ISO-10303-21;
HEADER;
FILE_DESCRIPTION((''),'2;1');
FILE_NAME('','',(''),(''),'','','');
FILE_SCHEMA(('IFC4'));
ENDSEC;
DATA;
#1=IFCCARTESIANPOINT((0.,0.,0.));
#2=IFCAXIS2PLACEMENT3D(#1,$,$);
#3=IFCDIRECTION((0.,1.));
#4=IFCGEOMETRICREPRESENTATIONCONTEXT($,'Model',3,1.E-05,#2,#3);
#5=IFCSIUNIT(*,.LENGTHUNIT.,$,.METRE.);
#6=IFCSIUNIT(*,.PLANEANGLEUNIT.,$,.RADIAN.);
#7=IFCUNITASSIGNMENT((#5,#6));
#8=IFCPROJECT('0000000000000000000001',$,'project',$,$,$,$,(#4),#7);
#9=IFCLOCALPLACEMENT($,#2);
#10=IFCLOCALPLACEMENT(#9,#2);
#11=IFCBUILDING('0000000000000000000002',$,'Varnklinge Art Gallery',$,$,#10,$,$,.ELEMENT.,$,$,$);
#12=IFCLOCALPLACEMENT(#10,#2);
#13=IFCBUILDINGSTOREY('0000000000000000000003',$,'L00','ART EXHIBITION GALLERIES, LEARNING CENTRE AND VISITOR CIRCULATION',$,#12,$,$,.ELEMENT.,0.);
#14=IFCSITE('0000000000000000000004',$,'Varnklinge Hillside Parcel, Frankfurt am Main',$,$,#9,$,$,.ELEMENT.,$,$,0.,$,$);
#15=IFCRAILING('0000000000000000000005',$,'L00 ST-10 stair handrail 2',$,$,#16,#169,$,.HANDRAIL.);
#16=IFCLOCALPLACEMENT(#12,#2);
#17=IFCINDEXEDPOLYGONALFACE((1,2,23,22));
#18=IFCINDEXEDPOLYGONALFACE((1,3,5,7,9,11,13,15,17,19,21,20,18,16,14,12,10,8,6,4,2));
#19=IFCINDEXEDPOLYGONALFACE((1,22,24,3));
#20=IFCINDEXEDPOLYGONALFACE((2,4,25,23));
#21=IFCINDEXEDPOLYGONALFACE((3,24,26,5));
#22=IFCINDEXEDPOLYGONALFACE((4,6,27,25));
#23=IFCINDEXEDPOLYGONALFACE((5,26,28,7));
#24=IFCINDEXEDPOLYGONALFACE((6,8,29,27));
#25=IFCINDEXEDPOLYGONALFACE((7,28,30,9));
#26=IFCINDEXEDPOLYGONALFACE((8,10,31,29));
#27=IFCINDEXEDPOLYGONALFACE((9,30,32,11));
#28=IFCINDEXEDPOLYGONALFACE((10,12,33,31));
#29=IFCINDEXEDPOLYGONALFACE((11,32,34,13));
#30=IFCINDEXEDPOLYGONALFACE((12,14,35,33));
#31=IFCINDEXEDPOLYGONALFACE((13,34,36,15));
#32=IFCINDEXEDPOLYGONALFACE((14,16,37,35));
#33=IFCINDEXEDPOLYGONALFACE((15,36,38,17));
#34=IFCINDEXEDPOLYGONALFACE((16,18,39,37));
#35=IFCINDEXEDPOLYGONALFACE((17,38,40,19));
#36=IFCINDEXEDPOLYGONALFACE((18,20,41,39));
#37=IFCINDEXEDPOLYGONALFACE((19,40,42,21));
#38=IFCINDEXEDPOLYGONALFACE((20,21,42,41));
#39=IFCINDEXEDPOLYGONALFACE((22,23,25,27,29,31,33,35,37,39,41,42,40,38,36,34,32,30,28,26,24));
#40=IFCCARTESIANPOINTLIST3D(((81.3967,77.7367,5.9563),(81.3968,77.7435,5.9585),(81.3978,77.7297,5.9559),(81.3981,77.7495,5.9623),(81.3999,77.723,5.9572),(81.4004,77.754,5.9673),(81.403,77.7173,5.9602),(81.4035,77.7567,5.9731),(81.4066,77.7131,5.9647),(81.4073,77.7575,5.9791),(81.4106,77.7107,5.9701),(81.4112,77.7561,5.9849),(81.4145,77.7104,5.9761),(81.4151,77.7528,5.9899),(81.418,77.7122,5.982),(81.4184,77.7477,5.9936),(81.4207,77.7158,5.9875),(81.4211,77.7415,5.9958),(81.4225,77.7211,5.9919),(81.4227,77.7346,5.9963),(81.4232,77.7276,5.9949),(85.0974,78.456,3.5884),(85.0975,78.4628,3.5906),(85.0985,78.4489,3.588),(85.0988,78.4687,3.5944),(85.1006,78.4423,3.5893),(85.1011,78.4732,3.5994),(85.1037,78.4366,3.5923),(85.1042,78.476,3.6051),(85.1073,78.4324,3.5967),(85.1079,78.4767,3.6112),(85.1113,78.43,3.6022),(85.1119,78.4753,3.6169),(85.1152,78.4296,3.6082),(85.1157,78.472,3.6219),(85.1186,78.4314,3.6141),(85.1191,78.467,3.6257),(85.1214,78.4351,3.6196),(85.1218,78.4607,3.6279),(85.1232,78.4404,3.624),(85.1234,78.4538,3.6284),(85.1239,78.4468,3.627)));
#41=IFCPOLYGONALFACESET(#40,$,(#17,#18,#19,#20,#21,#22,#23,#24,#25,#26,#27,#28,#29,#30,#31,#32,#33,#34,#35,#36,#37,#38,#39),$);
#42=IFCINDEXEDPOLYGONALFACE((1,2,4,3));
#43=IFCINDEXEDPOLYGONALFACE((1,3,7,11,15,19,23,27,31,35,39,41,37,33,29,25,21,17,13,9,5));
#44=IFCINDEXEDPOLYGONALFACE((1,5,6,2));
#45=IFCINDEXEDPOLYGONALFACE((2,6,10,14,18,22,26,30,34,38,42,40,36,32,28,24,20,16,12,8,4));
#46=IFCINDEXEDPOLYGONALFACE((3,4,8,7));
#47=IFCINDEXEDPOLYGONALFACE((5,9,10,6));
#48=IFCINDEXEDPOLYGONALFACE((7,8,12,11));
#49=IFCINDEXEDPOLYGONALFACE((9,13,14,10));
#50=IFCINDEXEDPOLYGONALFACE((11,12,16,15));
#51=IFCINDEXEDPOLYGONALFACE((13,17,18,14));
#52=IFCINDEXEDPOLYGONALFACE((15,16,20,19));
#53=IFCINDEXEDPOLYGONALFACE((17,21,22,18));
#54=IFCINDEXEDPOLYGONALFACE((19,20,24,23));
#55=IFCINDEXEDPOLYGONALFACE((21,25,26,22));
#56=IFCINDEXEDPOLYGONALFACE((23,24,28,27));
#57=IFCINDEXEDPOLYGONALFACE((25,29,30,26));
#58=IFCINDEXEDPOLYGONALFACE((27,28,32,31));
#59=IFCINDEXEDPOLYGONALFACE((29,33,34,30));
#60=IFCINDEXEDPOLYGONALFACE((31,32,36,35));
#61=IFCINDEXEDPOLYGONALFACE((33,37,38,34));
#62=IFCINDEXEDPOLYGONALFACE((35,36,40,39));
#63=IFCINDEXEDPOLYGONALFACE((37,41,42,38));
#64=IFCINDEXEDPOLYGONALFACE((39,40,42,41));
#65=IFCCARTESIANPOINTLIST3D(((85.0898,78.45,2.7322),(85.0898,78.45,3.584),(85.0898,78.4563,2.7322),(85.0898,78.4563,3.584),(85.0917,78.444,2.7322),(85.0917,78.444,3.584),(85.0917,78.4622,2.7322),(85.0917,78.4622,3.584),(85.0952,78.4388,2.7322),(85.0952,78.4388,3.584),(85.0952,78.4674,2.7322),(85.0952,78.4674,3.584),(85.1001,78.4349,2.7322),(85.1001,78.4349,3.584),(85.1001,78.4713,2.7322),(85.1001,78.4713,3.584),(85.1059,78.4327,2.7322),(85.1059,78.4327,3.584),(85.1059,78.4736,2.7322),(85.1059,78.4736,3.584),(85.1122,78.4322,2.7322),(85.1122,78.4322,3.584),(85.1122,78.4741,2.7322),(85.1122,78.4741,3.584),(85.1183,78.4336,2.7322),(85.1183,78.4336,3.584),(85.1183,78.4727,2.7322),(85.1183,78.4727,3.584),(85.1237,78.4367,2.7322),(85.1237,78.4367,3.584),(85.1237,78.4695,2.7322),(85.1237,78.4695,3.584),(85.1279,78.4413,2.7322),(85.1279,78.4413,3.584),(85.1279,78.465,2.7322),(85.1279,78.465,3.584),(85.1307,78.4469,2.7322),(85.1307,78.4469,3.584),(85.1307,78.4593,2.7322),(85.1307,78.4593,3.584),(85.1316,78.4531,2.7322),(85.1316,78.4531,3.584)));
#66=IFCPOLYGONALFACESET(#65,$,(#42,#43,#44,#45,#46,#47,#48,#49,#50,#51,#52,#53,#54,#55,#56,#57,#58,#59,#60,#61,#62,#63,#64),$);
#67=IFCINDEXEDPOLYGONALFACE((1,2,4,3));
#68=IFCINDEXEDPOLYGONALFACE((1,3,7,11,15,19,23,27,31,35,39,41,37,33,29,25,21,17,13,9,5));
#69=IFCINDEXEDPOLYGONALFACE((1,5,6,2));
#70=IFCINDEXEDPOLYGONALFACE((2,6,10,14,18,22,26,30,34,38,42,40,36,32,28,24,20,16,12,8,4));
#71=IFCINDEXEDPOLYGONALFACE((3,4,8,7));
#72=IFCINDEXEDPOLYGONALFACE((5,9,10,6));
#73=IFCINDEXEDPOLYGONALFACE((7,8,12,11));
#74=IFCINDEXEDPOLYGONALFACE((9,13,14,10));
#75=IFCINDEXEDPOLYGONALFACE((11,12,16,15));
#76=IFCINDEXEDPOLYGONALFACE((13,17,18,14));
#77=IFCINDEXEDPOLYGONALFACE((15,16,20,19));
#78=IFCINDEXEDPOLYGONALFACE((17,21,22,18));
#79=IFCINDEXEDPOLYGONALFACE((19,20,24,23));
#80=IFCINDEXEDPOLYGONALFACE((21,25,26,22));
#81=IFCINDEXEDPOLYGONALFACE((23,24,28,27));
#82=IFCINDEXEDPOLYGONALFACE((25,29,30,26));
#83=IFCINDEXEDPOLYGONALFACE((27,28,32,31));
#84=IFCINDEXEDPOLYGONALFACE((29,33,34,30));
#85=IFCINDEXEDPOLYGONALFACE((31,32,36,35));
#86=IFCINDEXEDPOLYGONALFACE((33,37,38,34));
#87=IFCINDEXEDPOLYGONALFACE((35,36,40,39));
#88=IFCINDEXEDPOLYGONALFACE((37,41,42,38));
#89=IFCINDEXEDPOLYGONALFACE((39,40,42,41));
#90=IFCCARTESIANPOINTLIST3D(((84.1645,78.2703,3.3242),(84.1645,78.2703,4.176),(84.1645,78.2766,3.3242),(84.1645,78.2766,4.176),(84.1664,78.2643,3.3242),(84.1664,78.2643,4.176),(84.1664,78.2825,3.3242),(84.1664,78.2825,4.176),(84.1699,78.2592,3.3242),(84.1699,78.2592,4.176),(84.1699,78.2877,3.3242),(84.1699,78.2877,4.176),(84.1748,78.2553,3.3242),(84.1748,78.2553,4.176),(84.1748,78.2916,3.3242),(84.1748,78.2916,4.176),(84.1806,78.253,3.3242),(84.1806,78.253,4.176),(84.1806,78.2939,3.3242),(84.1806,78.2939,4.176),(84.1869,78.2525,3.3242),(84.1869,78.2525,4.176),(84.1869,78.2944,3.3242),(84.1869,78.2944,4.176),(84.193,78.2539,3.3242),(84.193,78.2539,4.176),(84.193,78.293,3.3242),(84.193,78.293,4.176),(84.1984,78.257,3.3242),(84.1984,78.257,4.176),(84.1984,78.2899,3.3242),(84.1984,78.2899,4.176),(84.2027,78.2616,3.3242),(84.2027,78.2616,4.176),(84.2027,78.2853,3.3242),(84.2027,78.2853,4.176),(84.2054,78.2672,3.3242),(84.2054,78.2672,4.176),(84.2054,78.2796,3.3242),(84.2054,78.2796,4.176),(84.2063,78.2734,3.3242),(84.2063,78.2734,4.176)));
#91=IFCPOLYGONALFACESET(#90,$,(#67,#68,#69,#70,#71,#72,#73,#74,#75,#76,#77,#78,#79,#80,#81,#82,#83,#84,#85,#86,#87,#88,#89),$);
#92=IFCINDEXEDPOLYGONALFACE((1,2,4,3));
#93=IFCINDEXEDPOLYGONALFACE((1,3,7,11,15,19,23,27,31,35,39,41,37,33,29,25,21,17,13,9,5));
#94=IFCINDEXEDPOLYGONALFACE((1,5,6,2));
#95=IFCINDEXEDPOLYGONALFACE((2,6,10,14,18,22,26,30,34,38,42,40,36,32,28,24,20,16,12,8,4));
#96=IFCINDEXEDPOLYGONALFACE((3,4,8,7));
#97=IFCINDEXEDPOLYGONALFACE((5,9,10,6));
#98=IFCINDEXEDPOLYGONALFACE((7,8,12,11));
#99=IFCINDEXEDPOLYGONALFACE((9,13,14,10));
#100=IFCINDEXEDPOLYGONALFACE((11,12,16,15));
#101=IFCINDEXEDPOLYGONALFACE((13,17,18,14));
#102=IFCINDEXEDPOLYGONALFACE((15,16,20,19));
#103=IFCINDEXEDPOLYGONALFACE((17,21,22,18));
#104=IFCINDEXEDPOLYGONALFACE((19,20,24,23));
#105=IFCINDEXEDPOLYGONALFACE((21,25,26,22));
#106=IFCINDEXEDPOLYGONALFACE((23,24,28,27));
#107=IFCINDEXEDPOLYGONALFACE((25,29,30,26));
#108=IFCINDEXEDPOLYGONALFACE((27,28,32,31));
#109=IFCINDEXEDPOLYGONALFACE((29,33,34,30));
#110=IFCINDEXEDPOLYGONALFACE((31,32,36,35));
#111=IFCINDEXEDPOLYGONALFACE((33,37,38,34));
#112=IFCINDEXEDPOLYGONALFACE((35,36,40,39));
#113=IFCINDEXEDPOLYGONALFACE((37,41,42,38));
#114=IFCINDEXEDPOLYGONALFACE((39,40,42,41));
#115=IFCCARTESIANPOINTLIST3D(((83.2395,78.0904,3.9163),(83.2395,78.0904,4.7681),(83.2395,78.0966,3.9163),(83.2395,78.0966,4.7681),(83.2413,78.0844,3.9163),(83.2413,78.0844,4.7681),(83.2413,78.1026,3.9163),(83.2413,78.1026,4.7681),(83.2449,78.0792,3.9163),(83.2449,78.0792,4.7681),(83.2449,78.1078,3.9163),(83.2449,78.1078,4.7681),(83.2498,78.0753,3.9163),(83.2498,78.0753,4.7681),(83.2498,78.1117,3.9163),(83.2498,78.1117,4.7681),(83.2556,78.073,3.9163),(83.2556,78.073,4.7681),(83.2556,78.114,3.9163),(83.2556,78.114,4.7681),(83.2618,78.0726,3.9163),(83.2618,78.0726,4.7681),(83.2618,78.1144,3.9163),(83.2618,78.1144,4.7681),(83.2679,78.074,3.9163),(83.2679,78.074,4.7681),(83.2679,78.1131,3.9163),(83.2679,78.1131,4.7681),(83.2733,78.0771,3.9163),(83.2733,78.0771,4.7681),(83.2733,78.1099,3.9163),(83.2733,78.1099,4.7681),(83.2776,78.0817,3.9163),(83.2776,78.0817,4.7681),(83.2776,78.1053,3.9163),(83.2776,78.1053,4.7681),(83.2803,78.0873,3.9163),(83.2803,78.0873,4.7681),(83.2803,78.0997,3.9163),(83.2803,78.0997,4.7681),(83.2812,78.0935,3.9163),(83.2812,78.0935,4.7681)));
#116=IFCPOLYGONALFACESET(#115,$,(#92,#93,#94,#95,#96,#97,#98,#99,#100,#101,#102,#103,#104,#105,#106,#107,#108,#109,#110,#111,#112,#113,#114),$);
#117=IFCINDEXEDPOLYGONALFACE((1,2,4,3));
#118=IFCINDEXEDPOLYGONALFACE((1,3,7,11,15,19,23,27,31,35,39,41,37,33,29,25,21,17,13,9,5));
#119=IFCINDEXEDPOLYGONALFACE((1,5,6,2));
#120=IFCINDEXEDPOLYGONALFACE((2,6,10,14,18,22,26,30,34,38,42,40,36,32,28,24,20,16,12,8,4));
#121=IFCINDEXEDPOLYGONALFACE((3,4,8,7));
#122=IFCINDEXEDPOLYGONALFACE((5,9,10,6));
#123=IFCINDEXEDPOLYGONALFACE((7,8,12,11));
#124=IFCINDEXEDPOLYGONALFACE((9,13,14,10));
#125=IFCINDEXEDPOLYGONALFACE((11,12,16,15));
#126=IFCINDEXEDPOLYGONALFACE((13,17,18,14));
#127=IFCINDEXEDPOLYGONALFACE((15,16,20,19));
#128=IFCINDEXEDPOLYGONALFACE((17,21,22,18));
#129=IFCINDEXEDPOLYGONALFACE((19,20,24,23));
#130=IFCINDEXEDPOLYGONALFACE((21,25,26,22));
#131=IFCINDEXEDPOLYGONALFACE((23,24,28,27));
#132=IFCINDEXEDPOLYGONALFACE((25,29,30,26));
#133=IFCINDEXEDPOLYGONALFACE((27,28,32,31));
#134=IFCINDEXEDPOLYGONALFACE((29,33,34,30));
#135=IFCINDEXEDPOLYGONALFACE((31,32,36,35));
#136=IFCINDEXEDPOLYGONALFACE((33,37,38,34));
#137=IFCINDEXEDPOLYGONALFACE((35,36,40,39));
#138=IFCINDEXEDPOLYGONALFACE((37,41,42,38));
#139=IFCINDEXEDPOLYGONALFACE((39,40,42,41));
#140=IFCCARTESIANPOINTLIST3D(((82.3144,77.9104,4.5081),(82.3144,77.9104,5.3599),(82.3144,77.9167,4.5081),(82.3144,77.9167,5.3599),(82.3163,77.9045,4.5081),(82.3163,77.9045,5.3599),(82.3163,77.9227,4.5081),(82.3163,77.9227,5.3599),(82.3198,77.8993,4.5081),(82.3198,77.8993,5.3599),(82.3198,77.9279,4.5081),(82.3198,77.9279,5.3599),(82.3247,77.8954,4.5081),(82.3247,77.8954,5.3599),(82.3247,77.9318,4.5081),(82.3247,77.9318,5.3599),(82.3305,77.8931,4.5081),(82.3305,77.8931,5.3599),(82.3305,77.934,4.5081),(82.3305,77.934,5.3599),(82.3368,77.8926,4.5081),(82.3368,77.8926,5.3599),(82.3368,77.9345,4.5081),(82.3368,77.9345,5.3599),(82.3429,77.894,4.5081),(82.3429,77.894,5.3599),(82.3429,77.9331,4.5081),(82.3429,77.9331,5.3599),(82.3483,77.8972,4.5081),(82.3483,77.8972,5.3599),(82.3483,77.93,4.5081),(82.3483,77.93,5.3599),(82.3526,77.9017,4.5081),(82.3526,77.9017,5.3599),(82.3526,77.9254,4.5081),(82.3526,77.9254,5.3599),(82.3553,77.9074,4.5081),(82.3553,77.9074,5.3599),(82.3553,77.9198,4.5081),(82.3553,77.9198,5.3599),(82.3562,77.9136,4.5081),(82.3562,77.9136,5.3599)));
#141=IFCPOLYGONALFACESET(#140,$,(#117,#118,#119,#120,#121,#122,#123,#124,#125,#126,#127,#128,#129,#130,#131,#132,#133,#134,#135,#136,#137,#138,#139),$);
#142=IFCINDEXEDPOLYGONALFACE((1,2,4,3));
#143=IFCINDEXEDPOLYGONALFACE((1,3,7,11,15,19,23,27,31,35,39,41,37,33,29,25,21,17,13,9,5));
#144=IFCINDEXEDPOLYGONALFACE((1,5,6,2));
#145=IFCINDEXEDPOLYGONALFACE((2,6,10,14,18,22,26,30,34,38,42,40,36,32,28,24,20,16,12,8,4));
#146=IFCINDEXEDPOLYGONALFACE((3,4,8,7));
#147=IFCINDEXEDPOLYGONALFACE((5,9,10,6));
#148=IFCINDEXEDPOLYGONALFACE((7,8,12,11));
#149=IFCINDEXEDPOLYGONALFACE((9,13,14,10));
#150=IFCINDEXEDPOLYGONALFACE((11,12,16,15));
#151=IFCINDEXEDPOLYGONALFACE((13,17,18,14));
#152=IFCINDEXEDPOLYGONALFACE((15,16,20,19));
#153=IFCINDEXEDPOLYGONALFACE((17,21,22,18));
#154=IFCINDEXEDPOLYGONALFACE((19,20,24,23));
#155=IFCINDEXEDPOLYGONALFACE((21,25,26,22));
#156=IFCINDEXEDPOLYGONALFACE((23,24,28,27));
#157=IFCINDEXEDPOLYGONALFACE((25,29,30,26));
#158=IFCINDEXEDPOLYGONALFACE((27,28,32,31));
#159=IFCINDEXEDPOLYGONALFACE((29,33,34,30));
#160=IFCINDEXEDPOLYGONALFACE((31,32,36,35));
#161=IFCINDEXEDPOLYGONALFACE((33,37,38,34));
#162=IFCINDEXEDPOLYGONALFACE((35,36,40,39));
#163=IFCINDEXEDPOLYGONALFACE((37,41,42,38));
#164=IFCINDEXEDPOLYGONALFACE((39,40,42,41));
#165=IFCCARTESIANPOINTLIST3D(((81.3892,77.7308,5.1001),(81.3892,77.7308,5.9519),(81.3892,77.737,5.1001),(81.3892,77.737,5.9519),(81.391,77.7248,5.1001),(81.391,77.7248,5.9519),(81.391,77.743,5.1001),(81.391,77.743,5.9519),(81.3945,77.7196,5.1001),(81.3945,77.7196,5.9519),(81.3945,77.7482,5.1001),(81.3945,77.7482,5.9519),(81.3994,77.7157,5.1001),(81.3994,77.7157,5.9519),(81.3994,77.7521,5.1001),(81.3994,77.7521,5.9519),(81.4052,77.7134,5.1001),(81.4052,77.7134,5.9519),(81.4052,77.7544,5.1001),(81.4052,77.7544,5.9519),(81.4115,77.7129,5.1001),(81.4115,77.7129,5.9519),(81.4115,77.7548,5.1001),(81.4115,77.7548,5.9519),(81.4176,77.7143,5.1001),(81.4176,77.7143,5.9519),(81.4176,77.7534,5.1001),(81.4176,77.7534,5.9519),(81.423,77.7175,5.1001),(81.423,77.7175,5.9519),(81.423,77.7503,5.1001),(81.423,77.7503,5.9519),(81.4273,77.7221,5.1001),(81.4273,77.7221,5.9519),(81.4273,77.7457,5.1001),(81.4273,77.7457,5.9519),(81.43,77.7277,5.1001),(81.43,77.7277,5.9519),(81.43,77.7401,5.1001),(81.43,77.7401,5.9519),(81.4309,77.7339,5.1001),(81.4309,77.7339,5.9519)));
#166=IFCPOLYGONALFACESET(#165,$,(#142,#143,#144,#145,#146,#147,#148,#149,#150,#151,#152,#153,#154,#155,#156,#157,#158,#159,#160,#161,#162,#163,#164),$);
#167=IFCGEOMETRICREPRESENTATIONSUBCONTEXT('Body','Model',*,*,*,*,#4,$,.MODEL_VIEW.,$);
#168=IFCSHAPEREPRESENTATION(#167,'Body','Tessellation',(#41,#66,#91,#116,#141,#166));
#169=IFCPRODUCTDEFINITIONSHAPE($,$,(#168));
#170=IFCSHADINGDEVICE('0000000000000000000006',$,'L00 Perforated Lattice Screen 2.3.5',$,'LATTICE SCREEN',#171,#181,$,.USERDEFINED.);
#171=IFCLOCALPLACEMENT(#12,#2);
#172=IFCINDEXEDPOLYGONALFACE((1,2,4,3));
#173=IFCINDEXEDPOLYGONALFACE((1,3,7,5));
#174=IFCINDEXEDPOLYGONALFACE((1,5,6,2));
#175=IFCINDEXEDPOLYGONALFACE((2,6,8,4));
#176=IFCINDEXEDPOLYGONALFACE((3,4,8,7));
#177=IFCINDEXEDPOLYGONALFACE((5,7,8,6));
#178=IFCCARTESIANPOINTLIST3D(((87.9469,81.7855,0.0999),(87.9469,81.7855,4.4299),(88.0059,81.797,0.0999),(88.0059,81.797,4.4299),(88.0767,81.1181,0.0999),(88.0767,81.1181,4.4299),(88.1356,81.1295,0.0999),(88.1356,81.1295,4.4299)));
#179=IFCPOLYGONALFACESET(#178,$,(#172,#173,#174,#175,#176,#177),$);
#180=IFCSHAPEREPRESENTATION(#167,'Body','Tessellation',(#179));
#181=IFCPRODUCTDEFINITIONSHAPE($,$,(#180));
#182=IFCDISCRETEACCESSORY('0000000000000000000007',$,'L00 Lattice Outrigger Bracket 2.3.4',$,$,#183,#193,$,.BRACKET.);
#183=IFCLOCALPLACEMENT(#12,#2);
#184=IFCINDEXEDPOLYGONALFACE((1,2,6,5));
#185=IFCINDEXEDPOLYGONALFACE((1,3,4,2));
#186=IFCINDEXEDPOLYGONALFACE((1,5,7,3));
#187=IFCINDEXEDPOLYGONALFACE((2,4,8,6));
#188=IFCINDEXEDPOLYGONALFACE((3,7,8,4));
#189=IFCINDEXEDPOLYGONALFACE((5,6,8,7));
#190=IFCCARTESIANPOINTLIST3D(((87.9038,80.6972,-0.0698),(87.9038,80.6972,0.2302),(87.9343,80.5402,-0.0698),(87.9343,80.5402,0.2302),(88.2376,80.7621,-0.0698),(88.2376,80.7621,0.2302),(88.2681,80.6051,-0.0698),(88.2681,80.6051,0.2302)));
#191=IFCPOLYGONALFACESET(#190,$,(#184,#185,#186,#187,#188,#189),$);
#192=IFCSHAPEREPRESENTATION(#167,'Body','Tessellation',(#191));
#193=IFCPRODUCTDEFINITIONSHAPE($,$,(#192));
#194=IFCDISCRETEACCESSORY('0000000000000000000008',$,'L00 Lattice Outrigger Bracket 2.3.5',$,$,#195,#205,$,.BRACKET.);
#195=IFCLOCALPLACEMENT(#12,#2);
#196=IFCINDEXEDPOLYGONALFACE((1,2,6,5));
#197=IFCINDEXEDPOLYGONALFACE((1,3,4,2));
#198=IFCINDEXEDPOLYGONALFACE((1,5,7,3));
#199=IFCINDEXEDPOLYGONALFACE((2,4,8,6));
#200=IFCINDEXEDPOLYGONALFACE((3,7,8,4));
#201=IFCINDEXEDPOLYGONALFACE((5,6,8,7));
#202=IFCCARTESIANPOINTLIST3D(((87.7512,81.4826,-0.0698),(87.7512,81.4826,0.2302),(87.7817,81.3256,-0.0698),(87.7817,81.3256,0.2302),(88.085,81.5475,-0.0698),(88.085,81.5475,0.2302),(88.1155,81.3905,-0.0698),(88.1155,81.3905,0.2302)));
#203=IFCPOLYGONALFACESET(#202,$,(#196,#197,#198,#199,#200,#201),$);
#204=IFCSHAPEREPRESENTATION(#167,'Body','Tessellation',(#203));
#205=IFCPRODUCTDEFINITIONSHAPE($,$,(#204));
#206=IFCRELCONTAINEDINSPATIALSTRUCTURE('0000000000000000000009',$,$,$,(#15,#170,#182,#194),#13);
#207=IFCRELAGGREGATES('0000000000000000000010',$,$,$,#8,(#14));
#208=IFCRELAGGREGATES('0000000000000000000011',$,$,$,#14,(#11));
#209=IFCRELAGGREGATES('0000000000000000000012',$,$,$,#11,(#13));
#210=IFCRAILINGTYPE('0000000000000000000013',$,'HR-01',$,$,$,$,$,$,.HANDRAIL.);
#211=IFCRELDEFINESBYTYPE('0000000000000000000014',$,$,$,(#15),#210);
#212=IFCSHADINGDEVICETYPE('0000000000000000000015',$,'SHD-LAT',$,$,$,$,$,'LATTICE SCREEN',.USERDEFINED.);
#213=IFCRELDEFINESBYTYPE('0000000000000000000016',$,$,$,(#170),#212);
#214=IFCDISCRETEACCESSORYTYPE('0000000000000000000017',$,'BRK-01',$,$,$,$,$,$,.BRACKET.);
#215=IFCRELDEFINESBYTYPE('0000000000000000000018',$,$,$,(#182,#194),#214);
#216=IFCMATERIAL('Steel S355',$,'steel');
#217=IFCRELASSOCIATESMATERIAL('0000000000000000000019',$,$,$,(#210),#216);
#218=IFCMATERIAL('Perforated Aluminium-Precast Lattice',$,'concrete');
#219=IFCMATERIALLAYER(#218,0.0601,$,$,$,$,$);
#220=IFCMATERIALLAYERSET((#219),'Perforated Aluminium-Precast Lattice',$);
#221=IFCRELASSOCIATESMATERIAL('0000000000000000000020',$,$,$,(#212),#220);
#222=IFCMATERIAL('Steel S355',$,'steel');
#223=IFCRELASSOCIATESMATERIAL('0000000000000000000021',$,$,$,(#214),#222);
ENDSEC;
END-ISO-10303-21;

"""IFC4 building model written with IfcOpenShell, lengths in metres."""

from ifc_helpers import new_model, si_unit, direction, frame, origin, origin_2d, place, context, subcontext, project, spatial, rectangle, circle, extrude, material, layer, layer_set, type_object, element, save


model = new_model("IFC4")

# Units and contexts
model_context = context("Model", 3, precision=1e-05, world=origin(), true_north=direction((0.0, 1.0)))
body_context = subcontext(model_context, "Body", "Model", "MODEL_VIEW")
ifc_project = project(units=[si_unit("LENGTHUNIT", "METRE"), si_unit("PLANEANGLEUNIT", "RADIAN")], contexts=[model_context])

# Site, building, storey
site_placement = place(None, origin())
site = spatial("IfcSite", under=ifc_project, at=site_placement, Name="Varnklinge Hillside Parcel, Frankfurt am Main", CompositionType="ELEMENT", RefElevation=0.0)
building_placement = place(site_placement, origin())
building = spatial("IfcBuilding", under=site, at=building_placement, Name="Varnklinge Art Gallery", CompositionType="ELEMENT")
storey_placement = place(building_placement, origin())
storey = spatial("IfcBuildingStorey", under=building, at=storey_placement, Name="L00", Description="ART EXHIBITION GALLERIES, LEARNING CENTRE AND VISITOR CIRCULATION", CompositionType="ELEMENT", Elevation=0.0)

# Railing
ifc_material_1 = material(Name="Steel S355", Category="steel")
railing_type_1 = type_object("IfcRailingType", Name="HR-01", PredefinedType="HANDRAIL", material=ifc_material_1)
railing_1_placement = place(storey_placement, frame((85.1106, 78.4531, 2.7322)))
element("IfcRailing", 1, at=railing_1_placement, inside=storey, type_object=railing_type_1, Name="L00 ST-10 stair handrail 2", PredefinedType="HANDRAIL", context=body_context, shape_type="SweptSolid", body=[
    extrude(circle(Radius=0.0239, at=origin_2d()), frame((0.0, 0.0, 0.876), z_axis=(-0.831259, -0.161558, 0.53189), x_axis=(0.190783, -0.981632, 0.0)), (0.0, 0.0, 1.0), 4.4519),
    extrude(circle(Radius=0.021, at=origin_2d()), origin(), (0.0, 0.0, 1.0), 0.8518),
    extrude(circle(Radius=0.021, at=origin_2d()), frame((-0.9253, -0.1797, 0.592)), (0.0, 0.0, 1.0), 0.8518),
    extrude(circle(Radius=0.021, at=origin_2d()), frame((-1.8503, -0.3596, 1.1841)), (0.0, 0.0, 1.0), 0.8518),
    extrude(circle(Radius=0.021, at=origin_2d()), frame((-2.7754, -0.5396, 1.7759)), (0.0, 0.0, 1.0), 0.8518),
    extrude(circle(Radius=0.021, at=origin_2d()), frame((-3.7007, -0.7192, 2.3679)), (0.0, 0.0, 1.0), 0.8518),
])

# Shading device
ifc_material_2 = material(Name="Perforated Aluminium-Precast Lattice", Category="concrete")
ifc_layer_1 = layer(ifc_material_2, 0.0601)
ifc_layer_set_1 = layer_set([ifc_layer_1], Name="Perforated Aluminium-Precast Lattice")
shading_device_type = type_object("IfcShadingDeviceType", Name="SHD-LAT", ElementType="LATTICE SCREEN", PredefinedType="USERDEFINED", material=ifc_layer_set_1)
shading_device_placement = place(storey_placement, frame((88.0413, 81.4575, 0.0999), z_axis=(0.0, 0.0, 1.0), x_axis=(-0.190809, 0.981627, 0.0)))
element("IfcShadingDevice", 2, at=shading_device_placement, inside=storey, type_object=shading_device_type, Name="L00 Perforated Lattice Screen 2.3.5", ObjectType="LATTICE SCREEN", PredefinedType="USERDEFINED", context=body_context, shape_type="SweptSolid", body=[
    extrude(rectangle(XDim=0.6799, YDim=0.0601, at=origin_2d()), origin(), (0.0, 0.0, 1.0), 4.3301),
])

# Discrete accessories
ifc_material_3 = material(Name="Steel S355", Category="steel")
discrete_accessory_type = type_object("IfcDiscreteAccessoryType", Name="BRK-01", PredefinedType="BRACKET", material=ifc_material_3)
for number, where, z_axis, x_axis, name in (
    (3, (88.0859, 80.6511, -0.0698), (0.0, 0.0, 1.0), (-0.190809, 0.981627, 0.0), "L00 Lattice Outrigger Bracket 2.3.4"),
    (4, (87.9333, 81.4365, -0.0698), (0.0, 0.0, 1.0), (-0.190809, 0.981627, 0.0), "L00 Lattice Outrigger Bracket 2.3.5"),
):
    element("IfcDiscreteAccessory", number, at=place(storey_placement, frame(where, z_axis=z_axis, x_axis=x_axis)), inside=storey, type_object=discrete_accessory_type, Name=name, PredefinedType="BRACKET", context=body_context, shape_type="SweptSolid", body=[
        extrude(rectangle(XDim=0.1599, YDim=0.3401, at=origin_2d()), origin(), (0.0, 0.0, 1.0), 0.3),
    ])

save(model, "model.ifc")
